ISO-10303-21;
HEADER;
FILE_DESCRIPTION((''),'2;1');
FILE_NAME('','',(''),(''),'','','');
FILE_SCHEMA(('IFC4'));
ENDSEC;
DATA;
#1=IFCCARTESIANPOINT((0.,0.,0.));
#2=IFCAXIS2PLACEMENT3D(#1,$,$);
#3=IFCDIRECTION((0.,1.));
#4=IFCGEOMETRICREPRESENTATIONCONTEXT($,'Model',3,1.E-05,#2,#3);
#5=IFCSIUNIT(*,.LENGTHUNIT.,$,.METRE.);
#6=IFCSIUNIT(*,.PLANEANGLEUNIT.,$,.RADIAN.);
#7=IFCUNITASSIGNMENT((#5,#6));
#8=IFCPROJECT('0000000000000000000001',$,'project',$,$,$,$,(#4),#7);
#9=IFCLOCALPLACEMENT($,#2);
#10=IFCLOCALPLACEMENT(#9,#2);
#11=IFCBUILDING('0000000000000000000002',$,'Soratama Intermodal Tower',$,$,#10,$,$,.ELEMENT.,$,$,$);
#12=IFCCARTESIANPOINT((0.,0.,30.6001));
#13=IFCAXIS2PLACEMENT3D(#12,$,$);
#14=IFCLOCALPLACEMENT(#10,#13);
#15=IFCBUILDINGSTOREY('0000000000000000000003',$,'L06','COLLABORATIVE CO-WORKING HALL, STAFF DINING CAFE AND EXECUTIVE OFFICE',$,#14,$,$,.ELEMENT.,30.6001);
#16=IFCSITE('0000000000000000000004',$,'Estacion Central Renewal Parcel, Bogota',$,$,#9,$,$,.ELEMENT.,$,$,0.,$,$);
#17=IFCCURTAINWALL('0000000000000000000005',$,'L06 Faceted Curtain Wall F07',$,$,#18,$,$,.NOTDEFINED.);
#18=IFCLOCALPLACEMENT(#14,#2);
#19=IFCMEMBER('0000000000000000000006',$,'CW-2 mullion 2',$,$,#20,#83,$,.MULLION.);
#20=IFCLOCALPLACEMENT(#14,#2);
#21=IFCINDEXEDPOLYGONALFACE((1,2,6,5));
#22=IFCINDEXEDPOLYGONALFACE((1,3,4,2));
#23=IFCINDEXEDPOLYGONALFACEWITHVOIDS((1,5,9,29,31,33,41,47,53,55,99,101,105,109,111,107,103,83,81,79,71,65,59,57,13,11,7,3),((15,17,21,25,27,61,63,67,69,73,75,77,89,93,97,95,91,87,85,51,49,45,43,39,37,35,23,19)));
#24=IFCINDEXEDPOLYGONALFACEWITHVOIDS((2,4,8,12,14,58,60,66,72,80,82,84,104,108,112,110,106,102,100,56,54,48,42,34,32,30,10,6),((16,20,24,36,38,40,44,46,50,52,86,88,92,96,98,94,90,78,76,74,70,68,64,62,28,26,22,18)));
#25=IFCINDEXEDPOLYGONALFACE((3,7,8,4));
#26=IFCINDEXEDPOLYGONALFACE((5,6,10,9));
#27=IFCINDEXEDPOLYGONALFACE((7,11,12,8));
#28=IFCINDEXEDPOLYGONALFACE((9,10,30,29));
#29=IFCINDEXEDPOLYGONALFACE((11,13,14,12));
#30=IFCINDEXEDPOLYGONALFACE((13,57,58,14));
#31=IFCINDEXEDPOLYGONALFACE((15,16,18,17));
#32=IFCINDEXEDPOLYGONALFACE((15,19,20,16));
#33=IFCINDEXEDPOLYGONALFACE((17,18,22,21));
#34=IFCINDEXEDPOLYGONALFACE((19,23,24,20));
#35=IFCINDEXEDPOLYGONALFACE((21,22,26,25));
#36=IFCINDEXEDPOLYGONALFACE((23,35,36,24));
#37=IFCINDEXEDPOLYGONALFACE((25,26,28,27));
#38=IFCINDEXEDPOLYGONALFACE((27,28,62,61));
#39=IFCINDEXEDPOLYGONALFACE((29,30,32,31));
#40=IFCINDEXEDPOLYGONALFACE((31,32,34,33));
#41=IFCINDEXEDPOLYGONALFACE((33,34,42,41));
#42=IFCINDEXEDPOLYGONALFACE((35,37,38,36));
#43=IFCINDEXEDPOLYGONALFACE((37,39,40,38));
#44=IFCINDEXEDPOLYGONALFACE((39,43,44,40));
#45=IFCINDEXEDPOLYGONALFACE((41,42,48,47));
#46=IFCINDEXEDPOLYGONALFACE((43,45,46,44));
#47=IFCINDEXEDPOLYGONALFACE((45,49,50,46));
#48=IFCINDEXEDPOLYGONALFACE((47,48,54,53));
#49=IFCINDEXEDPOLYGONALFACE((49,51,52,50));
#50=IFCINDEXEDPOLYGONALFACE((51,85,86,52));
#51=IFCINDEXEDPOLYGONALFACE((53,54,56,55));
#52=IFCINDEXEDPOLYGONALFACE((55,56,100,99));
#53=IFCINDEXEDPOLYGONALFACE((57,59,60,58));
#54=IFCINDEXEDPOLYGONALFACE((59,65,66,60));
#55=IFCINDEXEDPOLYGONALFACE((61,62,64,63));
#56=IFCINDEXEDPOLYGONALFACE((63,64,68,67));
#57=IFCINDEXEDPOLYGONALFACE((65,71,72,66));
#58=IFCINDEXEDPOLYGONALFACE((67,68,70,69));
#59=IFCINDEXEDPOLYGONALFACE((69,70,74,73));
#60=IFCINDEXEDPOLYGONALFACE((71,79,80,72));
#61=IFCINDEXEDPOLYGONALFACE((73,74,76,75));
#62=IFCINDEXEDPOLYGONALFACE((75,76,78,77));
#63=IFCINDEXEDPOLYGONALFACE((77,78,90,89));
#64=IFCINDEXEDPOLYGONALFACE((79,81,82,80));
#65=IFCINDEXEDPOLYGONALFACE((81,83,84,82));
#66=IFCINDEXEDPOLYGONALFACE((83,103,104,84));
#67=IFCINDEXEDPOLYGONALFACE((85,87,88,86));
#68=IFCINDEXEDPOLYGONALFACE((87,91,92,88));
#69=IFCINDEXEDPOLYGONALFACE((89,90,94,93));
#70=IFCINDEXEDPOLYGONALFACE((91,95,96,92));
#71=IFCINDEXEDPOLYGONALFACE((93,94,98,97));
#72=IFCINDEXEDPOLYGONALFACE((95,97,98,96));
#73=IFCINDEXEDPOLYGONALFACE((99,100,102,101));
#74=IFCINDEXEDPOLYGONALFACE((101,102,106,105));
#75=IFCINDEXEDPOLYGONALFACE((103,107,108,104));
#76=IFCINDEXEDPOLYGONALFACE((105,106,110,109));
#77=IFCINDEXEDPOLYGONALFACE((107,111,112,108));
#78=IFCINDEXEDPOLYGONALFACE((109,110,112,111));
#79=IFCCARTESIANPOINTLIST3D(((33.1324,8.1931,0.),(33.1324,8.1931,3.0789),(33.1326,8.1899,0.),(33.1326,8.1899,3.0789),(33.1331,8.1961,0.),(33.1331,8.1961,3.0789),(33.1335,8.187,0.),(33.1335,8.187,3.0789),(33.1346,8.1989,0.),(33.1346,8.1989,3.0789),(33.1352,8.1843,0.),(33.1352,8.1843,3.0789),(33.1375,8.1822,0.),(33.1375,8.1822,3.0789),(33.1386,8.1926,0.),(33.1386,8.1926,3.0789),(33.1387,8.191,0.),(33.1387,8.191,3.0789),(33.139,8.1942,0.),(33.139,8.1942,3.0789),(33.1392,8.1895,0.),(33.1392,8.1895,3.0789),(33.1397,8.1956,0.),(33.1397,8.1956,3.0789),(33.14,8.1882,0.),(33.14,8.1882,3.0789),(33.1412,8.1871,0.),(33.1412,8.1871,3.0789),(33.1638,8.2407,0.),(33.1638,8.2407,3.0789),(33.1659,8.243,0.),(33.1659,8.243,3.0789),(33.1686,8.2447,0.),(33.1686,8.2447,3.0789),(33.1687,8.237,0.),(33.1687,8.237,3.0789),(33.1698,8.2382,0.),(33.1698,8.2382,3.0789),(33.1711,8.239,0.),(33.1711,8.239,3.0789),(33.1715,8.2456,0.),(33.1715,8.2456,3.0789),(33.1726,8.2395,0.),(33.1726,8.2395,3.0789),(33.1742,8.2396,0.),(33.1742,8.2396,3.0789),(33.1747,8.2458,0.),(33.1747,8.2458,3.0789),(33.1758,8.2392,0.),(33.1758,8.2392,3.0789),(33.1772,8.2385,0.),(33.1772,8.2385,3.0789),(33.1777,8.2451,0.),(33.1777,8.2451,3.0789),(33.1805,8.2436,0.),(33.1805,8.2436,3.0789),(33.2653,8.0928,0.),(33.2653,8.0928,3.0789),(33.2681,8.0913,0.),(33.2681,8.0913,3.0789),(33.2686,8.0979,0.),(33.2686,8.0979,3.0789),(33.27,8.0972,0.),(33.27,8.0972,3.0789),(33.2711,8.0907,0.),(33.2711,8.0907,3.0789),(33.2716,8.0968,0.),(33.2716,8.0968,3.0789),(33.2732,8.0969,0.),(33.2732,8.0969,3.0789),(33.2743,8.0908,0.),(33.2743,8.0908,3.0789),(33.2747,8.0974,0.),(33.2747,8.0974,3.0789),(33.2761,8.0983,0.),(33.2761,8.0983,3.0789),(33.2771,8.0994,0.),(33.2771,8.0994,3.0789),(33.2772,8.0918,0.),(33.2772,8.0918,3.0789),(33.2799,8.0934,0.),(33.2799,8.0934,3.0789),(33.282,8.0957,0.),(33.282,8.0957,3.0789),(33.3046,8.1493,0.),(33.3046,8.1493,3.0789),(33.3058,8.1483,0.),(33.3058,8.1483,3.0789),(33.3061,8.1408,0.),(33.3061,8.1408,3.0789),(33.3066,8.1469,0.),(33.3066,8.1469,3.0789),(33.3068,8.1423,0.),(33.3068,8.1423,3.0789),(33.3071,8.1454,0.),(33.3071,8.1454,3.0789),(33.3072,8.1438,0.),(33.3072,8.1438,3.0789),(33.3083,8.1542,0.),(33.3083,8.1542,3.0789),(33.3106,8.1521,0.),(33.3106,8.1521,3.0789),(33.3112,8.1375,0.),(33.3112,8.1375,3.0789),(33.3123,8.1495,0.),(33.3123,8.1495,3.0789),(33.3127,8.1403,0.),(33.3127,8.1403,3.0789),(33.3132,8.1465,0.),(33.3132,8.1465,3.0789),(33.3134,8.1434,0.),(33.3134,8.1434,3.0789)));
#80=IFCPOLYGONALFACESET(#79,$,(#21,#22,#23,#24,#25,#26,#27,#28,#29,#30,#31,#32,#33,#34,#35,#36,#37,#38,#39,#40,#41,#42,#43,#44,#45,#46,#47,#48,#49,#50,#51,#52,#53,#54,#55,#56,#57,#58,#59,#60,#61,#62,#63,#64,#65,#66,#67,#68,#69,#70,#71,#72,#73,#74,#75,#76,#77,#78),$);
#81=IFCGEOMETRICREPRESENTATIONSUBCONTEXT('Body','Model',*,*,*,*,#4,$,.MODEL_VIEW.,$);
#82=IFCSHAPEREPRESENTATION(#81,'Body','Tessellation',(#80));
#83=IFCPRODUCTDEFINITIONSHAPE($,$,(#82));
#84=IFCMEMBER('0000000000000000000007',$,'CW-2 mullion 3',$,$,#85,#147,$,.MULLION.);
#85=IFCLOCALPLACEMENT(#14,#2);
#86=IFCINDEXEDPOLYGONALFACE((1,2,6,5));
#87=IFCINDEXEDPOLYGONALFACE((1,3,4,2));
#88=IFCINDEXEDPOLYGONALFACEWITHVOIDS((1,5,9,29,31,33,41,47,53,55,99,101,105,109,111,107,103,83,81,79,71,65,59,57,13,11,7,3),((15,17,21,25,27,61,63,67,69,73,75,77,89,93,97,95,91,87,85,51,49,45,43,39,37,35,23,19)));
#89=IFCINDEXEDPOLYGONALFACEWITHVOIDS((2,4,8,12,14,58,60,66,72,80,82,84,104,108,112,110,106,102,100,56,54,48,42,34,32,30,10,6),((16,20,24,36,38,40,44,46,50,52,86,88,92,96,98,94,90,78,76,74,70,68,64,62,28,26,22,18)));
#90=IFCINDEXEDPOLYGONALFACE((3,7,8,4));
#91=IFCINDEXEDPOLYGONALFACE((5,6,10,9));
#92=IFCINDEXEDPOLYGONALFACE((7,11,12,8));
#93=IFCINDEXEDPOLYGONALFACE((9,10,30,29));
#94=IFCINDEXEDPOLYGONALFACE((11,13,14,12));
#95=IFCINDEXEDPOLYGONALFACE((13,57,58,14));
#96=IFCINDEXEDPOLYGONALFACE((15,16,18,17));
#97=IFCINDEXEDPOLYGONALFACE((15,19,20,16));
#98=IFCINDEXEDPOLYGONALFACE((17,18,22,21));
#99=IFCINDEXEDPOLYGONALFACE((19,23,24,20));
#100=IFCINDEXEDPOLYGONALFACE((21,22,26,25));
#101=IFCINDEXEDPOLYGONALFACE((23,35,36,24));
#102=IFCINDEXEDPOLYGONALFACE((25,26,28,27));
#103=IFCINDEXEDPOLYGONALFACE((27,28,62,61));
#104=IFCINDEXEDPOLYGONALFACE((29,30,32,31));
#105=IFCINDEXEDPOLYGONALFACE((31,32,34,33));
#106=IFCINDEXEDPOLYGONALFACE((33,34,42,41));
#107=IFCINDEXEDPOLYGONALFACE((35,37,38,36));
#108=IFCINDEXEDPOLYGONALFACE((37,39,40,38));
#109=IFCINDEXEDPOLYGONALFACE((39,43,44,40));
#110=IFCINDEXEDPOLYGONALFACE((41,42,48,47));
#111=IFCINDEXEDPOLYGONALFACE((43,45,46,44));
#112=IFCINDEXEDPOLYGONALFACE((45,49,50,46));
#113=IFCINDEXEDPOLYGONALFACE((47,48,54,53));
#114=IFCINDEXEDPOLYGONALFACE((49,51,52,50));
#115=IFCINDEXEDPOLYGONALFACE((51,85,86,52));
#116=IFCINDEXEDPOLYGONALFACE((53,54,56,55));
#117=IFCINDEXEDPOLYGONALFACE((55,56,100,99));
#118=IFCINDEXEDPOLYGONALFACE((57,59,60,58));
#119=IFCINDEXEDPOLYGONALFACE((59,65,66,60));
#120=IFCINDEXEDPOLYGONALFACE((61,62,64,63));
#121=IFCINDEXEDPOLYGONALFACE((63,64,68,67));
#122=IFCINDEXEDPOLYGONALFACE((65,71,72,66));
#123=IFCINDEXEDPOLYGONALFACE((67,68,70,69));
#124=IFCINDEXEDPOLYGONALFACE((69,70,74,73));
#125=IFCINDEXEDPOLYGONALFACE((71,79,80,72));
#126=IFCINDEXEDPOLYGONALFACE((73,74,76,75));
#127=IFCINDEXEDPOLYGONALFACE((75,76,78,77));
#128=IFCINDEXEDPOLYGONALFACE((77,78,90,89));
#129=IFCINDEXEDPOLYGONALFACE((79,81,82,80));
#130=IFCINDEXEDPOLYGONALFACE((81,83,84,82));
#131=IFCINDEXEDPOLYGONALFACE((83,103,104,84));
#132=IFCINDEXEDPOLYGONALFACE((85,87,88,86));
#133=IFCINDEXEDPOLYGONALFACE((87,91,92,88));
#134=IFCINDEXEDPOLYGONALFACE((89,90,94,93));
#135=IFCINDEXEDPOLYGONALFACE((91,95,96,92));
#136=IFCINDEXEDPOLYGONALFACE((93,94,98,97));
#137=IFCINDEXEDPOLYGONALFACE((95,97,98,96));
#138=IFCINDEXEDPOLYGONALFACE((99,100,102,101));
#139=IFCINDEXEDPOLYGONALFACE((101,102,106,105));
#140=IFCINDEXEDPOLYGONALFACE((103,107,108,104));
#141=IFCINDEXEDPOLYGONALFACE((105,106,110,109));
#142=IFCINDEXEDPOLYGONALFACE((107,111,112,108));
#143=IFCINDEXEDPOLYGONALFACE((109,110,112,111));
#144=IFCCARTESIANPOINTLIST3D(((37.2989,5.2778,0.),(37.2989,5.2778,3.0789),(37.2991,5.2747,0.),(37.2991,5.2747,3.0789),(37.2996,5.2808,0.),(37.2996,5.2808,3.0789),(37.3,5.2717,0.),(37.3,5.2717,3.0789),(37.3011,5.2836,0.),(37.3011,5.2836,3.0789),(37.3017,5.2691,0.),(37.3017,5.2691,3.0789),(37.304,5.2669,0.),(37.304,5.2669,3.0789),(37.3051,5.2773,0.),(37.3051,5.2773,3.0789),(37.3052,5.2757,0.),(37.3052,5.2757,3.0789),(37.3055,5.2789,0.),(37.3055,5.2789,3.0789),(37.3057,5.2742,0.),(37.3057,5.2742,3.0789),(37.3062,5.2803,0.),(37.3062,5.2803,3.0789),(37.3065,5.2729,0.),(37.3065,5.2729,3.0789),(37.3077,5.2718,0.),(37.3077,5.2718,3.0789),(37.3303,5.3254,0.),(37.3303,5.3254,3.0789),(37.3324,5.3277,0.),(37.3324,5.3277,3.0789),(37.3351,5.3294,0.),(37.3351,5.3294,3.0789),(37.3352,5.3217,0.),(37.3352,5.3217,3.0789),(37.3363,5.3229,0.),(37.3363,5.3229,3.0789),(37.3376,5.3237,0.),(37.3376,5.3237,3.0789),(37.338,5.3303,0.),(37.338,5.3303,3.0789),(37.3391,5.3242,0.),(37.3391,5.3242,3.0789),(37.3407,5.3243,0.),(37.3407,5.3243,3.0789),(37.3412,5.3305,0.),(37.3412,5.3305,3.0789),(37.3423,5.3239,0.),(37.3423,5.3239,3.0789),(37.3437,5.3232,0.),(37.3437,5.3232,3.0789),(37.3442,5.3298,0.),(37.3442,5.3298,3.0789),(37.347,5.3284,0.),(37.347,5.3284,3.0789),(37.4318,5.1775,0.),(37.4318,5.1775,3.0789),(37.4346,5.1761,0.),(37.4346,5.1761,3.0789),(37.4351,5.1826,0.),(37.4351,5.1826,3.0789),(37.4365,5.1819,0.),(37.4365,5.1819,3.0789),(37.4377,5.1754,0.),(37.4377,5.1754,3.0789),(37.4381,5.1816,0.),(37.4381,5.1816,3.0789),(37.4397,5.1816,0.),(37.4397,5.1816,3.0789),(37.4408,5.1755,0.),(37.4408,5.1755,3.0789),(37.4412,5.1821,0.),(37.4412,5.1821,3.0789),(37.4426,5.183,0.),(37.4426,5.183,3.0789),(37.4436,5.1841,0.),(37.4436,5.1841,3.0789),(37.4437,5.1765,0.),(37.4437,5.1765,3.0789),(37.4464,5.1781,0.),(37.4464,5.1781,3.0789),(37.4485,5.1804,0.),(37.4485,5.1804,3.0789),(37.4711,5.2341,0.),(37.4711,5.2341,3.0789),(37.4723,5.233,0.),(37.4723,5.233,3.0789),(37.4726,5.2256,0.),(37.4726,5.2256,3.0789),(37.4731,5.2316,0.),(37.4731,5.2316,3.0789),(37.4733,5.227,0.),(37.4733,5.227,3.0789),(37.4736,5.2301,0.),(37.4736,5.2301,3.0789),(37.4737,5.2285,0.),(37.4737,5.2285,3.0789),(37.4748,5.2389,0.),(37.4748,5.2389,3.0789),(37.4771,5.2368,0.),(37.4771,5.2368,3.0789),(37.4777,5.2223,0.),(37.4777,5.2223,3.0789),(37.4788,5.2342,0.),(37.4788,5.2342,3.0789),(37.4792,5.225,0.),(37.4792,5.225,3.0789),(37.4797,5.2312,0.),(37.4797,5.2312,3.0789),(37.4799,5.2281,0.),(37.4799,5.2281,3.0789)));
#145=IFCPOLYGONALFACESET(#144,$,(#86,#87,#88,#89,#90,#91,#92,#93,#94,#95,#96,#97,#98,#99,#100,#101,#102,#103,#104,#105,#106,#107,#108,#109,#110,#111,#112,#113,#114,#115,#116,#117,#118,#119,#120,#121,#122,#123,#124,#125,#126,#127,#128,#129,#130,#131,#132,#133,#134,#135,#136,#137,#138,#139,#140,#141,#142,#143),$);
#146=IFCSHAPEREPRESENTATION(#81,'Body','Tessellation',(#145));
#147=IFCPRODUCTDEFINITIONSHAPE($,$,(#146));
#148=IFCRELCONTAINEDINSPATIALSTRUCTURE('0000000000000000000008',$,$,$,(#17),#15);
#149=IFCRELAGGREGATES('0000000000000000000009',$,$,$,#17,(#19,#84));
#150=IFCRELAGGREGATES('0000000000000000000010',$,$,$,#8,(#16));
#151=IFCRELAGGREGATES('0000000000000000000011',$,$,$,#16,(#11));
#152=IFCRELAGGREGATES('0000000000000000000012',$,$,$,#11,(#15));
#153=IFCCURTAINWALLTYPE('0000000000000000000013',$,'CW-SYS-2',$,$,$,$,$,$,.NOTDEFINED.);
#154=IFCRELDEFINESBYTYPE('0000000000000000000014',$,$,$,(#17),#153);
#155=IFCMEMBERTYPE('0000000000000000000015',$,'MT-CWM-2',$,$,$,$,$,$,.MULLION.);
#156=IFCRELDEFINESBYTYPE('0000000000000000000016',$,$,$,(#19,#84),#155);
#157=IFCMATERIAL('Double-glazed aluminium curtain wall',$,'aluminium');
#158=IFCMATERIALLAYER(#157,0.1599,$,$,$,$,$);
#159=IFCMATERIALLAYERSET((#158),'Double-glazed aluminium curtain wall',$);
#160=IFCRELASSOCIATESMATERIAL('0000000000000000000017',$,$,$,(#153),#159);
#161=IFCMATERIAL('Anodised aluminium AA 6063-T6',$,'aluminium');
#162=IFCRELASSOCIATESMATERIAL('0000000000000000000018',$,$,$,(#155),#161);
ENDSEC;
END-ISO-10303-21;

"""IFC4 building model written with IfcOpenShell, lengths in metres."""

from ifc_helpers import new_model, si_unit, direction, frame, origin, origin_2d, place, context, subcontext, project, spatial, hollow_rectangle, extrude, material, layer, layer_set, material_profile, profile_set, type_object, element, aggregate, save


model = new_model("IFC4")

# Units and contexts
model_context = context("Model", 3, precision=1e-05, world=origin(), true_north=direction((0.0, 1.0)))
body_context = subcontext(model_context, "Body", "Model", "MODEL_VIEW")
ifc_project = project(units=[si_unit("LENGTHUNIT", "METRE"), si_unit("PLANEANGLEUNIT", "RADIAN")], contexts=[model_context])

# Site, building, storey
site_placement = place(None, origin())
site = spatial("IfcSite", under=ifc_project, at=site_placement, Name="Estacion Central Renewal Parcel, Bogota", CompositionType="ELEMENT", RefElevation=0.0)
building_placement = place(site_placement, origin())
building = spatial("IfcBuilding", under=site, at=building_placement, Name="Soratama Intermodal Tower", CompositionType="ELEMENT")
storey_placement = place(building_placement, frame((0.0, 0.0, 30.6001)))
storey = spatial("IfcBuildingStorey", under=building, at=storey_placement, Name="L06", Description="COLLABORATIVE CO-WORKING HALL, STAFF DINING CAFE AND EXECUTIVE OFFICE", CompositionType="ELEMENT", Elevation=30.6001)

# Curtain wall, members
ifc_material_1 = material(Name="Double-glazed aluminium curtain wall", Category="aluminium")
ifc_layer_1 = layer(ifc_material_1, 0.1599)
ifc_layer_set_1 = layer_set([ifc_layer_1], Name="Double-glazed aluminium curtain wall")
curtain_wall_type = type_object("IfcCurtainWallType", Name="CW-SYS-2", PredefinedType="NOTDEFINED", material=ifc_layer_set_1)
curtain_wall_placement = place(storey_placement, origin())
curtain_wall = element("IfcCurtainWall", 1, at=curtain_wall_placement, inside=storey, type_object=curtain_wall_type, Name="L06 Faceted Curtain Wall F07", PredefinedType="NOTDEFINED")
ifc_material_2 = material(Name="Anodised aluminium AA 6063-T6", Category="aluminium")
ifc_material_profile_1 = material_profile(ifc_material_2, hollow_rectangle(XDim=0.075, YDim=0.1799, WallThickness=0.0061, InnerFilletRadius=0.0061, OuterFilletRadius=0.012, at=origin_2d()), Name="CWM180X75X6")
ifc_profile_set_1 = profile_set([ifc_material_profile_1], Name="Anodised aluminium AA 6063-T6")
member_type_1 = type_object("IfcMemberType", Name="MT-CWM-2", PredefinedType="MULLION", material=ifc_profile_set_1)
member_1_placement = place(storey_placement, frame((33.2229, 8.1682, 0.0), z_axis=(0.0, 0.0, 1.0), x_axis=(0.573296, 0.819349, 0.0)))
member_1 = element("IfcMember", 2, at=member_1_placement, type_object=member_type_1, Name="CW-2 mullion 2", PredefinedType="MULLION", context=body_context, shape_type="SweptSolid", body=[
    extrude(hollow_rectangle(XDim=0.075, YDim=0.1799, WallThickness=0.0061, InnerFilletRadius=0.0061, OuterFilletRadius=0.012, at=origin_2d()), origin(), (0.0, 0.0, 1.0), 3.0789),
])
member_2_placement = place(storey_placement, frame((37.3894, 5.2529, 0.0), z_axis=(0.0, 0.0, 1.0), x_axis=(0.573296, 0.819349, 0.0)))
member_2 = element("IfcMember", 3, at=member_2_placement, type_object=member_type_1, Name="CW-2 mullion 3", PredefinedType="MULLION", context=body_context, shape_type="SweptSolid", body=[
    extrude(hollow_rectangle(XDim=0.075, YDim=0.1799, WallThickness=0.0061, InnerFilletRadius=0.0061, OuterFilletRadius=0.012, at=origin_2d()), origin(), (0.0, 0.0, 1.0), 3.0789),
])
aggregate(curtain_wall, [member_1, member_2])

save(model, "model.ifc")
